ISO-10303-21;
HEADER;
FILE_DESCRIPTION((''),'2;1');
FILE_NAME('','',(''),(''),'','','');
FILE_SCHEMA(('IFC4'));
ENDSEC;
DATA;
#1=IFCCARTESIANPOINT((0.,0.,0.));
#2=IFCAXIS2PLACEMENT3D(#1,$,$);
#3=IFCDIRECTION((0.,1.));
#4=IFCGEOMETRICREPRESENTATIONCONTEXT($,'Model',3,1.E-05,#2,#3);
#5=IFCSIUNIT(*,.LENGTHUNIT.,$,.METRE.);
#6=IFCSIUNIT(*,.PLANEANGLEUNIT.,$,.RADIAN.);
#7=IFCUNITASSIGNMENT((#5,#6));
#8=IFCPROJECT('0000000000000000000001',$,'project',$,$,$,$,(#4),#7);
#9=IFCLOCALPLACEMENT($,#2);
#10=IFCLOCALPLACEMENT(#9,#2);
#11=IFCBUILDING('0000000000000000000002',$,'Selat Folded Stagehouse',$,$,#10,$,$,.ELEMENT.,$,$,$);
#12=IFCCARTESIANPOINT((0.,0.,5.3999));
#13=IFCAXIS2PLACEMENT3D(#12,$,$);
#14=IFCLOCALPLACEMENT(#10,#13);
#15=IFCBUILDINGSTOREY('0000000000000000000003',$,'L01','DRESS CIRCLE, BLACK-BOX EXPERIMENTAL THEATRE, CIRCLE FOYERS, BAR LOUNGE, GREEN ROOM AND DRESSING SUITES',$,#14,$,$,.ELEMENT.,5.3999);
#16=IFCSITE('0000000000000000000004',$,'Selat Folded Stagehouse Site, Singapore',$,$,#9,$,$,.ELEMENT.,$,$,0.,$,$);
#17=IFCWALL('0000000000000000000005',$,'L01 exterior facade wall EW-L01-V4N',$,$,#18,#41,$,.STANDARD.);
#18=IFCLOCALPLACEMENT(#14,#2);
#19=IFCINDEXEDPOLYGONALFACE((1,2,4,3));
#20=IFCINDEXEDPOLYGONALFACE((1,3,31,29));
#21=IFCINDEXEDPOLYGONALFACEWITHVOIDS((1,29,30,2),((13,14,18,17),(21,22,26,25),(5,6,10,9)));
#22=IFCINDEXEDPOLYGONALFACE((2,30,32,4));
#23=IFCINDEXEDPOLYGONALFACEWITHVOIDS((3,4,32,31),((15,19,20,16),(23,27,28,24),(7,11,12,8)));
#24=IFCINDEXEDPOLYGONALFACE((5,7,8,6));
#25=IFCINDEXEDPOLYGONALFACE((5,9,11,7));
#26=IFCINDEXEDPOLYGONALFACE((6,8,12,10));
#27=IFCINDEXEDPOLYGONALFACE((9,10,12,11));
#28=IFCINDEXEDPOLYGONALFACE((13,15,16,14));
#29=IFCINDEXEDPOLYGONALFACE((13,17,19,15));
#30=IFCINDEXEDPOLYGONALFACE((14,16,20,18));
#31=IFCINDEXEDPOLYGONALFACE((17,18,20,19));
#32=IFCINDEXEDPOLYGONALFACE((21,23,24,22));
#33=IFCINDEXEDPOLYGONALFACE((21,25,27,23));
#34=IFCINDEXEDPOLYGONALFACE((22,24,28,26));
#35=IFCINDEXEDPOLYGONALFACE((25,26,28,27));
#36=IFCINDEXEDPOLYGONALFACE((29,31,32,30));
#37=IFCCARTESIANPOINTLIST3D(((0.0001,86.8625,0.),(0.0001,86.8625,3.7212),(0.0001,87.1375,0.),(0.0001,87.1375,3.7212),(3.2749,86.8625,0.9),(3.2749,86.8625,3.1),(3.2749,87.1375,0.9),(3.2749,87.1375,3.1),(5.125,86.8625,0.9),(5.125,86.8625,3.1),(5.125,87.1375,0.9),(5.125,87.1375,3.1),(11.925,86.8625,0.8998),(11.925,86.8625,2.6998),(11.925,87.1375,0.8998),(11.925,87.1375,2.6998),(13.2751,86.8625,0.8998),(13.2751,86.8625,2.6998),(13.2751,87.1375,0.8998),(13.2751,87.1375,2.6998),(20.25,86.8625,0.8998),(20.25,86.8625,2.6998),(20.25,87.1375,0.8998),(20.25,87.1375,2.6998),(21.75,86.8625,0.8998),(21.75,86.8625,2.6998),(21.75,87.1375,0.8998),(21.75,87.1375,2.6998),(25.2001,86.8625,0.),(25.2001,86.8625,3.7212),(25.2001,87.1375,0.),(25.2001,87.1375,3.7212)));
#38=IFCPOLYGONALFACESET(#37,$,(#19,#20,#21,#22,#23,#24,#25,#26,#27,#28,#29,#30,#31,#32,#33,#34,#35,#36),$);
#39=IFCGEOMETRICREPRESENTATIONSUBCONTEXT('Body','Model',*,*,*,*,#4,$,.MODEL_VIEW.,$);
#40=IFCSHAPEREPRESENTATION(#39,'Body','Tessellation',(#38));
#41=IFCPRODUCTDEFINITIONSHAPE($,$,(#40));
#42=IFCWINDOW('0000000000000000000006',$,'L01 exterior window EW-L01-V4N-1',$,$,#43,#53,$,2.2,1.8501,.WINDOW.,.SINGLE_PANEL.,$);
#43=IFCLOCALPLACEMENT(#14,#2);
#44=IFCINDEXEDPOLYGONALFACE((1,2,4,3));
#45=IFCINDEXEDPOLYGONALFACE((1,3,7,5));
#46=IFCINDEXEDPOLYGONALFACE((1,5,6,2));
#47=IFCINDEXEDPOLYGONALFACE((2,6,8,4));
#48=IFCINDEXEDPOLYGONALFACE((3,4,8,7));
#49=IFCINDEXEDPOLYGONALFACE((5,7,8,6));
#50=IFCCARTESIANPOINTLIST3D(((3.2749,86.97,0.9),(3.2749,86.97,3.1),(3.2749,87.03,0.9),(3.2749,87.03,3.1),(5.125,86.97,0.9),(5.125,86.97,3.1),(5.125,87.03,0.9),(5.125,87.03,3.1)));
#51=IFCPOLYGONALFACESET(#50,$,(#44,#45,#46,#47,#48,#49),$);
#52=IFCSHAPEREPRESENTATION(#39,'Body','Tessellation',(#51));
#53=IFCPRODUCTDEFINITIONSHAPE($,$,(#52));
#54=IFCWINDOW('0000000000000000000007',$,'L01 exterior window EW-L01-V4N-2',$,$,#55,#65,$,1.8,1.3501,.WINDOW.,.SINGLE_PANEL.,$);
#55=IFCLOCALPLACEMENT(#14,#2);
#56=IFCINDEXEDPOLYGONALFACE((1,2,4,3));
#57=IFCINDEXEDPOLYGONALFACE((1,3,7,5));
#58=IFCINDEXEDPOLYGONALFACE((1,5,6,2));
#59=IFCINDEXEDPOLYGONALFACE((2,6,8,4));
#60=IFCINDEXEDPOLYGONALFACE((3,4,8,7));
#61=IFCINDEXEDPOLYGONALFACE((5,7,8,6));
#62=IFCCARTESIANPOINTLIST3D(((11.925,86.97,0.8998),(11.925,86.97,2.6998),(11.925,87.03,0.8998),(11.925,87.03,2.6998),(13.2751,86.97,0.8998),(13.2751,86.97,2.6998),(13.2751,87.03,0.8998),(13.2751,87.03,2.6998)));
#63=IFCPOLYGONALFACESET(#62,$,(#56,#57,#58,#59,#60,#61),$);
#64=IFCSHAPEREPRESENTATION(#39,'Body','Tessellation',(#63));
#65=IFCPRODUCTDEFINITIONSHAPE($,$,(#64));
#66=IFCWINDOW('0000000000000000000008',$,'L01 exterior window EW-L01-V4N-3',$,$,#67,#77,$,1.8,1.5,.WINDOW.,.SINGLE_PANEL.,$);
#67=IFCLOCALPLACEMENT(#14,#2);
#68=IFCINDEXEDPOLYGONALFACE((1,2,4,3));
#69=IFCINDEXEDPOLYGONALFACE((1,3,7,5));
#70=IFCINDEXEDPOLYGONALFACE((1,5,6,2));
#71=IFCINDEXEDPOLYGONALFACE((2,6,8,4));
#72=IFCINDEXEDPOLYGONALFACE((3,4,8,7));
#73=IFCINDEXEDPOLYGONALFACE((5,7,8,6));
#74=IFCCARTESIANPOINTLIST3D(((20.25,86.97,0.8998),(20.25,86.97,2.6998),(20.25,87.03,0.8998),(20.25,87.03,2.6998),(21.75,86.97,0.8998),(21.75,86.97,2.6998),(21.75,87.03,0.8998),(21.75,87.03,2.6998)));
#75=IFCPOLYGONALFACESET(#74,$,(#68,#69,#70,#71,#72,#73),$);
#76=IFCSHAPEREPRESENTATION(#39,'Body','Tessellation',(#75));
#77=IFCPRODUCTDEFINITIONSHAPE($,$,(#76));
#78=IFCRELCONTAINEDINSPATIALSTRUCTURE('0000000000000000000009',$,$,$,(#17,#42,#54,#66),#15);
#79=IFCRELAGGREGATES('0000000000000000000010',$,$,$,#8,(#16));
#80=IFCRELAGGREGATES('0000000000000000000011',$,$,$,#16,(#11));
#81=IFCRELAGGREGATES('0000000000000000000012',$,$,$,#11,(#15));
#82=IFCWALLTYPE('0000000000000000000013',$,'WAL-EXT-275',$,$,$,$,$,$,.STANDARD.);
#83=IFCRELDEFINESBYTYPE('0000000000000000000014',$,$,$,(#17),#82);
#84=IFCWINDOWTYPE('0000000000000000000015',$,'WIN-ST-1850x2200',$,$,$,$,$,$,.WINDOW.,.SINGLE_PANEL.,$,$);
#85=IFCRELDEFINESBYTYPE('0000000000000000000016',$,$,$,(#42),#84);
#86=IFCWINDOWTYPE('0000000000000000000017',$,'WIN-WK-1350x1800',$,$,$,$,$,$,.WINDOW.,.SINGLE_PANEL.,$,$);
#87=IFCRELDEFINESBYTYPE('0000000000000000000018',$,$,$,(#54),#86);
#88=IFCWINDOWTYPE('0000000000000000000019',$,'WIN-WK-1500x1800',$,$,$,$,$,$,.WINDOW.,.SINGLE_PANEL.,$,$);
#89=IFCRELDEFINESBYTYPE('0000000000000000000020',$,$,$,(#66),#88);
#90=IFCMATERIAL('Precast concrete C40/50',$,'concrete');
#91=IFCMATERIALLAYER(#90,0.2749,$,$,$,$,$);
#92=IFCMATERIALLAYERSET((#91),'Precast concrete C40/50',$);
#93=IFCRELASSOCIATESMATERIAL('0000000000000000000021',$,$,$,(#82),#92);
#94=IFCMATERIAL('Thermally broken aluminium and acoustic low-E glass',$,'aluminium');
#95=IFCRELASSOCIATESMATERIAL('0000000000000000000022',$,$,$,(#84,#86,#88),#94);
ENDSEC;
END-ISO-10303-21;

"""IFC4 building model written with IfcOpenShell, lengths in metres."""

from ifc_helpers import new_model, si_unit, direction, frame, frame_2d, origin, place, context, subcontext, project, spatial, rectangle, extrude, material, layer, layer_set, type_object, element, fill, save


model = new_model("IFC4")

# Units and contexts
model_context = context("Model", 3, precision=1e-05, world=origin(), true_north=direction((0.0, 1.0)))
body_context = subcontext(model_context, "Body", "Model", "MODEL_VIEW")
ifc_project = project(units=[si_unit("LENGTHUNIT", "METRE"), si_unit("PLANEANGLEUNIT", "RADIAN")], contexts=[model_context])

# Site, building, storey
site_placement = place(None, origin())
site = spatial("IfcSite", under=ifc_project, at=site_placement, Name="Selat Folded Stagehouse Site, Singapore", CompositionType="ELEMENT", RefElevation=0.0)
building_placement = place(site_placement, origin())
building = spatial("IfcBuilding", under=site, at=building_placement, Name="Selat Folded Stagehouse", CompositionType="ELEMENT")
storey_placement = place(building_placement, frame((0.0, 0.0, 5.3999)))
storey = spatial("IfcBuildingStorey", under=building, at=storey_placement, Name="L01", Description="DRESS CIRCLE, BLACK-BOX EXPERIMENTAL THEATRE, CIRCLE FOYERS, BAR LOUNGE, GREEN ROOM AND DRESSING SUITES", CompositionType="ELEMENT", Elevation=5.3999)

# Shared definitions
ifc_material_1 = material(Name="Precast concrete C40/50", Category="concrete")
ifc_layer_1 = layer(ifc_material_1, 0.2749)
ifc_layer_set_1 = layer_set([ifc_layer_1], Name="Precast concrete C40/50")
wall_type_1 = type_object("IfcWallType", Name="WAL-EXT-275", PredefinedType="STANDARD", material=ifc_layer_set_1)
ifc_material_2 = material(Name="Thermally broken aluminium and acoustic low-E glass", Category="aluminium")

# Wall, openings, windows
wall_1_placement = place(storey_placement, frame((0.0, 87.0, 0.0), z_axis=(0.0, 0.0, 1.0), x_axis=(1.0, 0.0, 0.0)))
wall_1 = element("IfcWall", 1, at=wall_1_placement, inside=storey, type_object=wall_type_1, Name="L01 exterior facade wall EW-L01-V4N", PredefinedType="STANDARD", context=body_context, shape_type="SweptSolid", body=[
    extrude(rectangle(XDim=25.2, YDim=0.2749, at=frame_2d((12.6001, 0.0))), origin(), (0.0, 0.0, 1.0), 3.7212),
])
opening_1_placement = place(wall_1_placement, frame((3.2749, 0.0, 0.8999)))
opening_1 = element("IfcOpeningElement", 2, at=opening_1_placement, cuts=wall_1, PredefinedType="OPENING", context=body_context, shape_type="SweptSolid", body=[
    extrude(rectangle(XDim=1.8501, YDim=2.2, at=frame_2d((0.925, 1.1001))), frame((0.0, 0.1475, 0.0), z_axis=(0.0, -1.0, 0.0), x_axis=(1.0, 0.0, 0.0)), (0.0, 0.0, 1.0), 0.2949),
])
opening_2_placement = place(wall_1_placement, frame((11.925, 0.0, 0.8999)))
opening_2 = element("IfcOpeningElement", 3, at=opening_2_placement, cuts=wall_1, PredefinedType="OPENING", context=body_context, shape_type="SweptSolid", body=[
    extrude(rectangle(XDim=1.3501, YDim=1.8, at=frame_2d((0.675, 0.8999))), frame((0.0, 0.1475, 0.0), z_axis=(0.0, -1.0, 0.0), x_axis=(1.0, 0.0, 0.0)), (0.0, 0.0, 1.0), 0.2949),
])
opening_3_placement = place(wall_1_placement, frame((20.25, 0.0, 0.8999)))
opening_3 = element("IfcOpeningElement", 4, at=opening_3_placement, cuts=wall_1, PredefinedType="OPENING", context=body_context, shape_type="SweptSolid", body=[
    extrude(rectangle(XDim=1.5, YDim=1.8, at=frame_2d((0.75, 0.8999))), frame((0.0, 0.1475, 0.0), z_axis=(0.0, -1.0, 0.0), x_axis=(1.0, 0.0, 0.0)), (0.0, 0.0, 1.0), 0.2949),
])
window_type_1 = type_object("IfcWindowType", Name="WIN-ST-1850x2200", PartitioningType="SINGLE_PANEL", PredefinedType="WINDOW", material=ifc_material_2)
window_1_placement = place(opening_1_placement, origin())
window_1 = element("IfcWindow", 5, at=window_1_placement, inside=storey, type_object=window_type_1, Name="L01 exterior window EW-L01-V4N-1", OverallHeight=2.2, OverallWidth=1.8501, PartitioningType="SINGLE_PANEL", PredefinedType="WINDOW", context=body_context, shape_type="SweptSolid", body=[
    extrude(rectangle(XDim=1.8501, YDim=2.2, at=frame_2d((0.925, 1.1001))), frame((0.0, 0.03, 0.0), z_axis=(0.0, -1.0, 0.0), x_axis=(1.0, 0.0, 0.0)), (0.0, 0.0, 1.0), 0.0601),
])
fill(opening_1, window_1)
window_type_2 = type_object("IfcWindowType", Name="WIN-WK-1350x1800", PartitioningType="SINGLE_PANEL", PredefinedType="WINDOW", material=ifc_material_2)
window_2_placement = place(opening_2_placement, origin())
window_2 = element("IfcWindow", 6, at=window_2_placement, inside=storey, type_object=window_type_2, Name="L01 exterior window EW-L01-V4N-2", OverallHeight=1.8, OverallWidth=1.3501, PartitioningType="SINGLE_PANEL", PredefinedType="WINDOW", context=body_context, shape_type="SweptSolid", body=[
    extrude(rectangle(XDim=1.3501, YDim=1.8, at=frame_2d((0.675, 0.8999))), frame((0.0, 0.03, 0.0), z_axis=(0.0, -1.0, 0.0), x_axis=(1.0, 0.0, 0.0)), (0.0, 0.0, 1.0), 0.0601),
])
fill(opening_2, window_2)
window_type_3 = type_object("IfcWindowType", Name="WIN-WK-1500x1800", PartitioningType="SINGLE_PANEL", PredefinedType="WINDOW", material=ifc_material_2)
window_3_placement = place(opening_3_placement, origin())
window_3 = element("IfcWindow", 7, at=window_3_placement, inside=storey, type_object=window_type_3, Name="L01 exterior window EW-L01-V4N-3", OverallHeight=1.8, OverallWidth=1.5, PartitioningType="SINGLE_PANEL", PredefinedType="WINDOW", context=body_context, shape_type="SweptSolid", body=[
    extrude(rectangle(XDim=1.5, YDim=1.8, at=frame_2d((0.75, 0.8999))), frame((0.0, 0.03, 0.0), z_axis=(0.0, -1.0, 0.0), x_axis=(1.0, 0.0, 0.0)), (0.0, 0.0, 1.0), 0.0601),
])
fill(opening_3, window_3)

save(model, "model.ifc")
